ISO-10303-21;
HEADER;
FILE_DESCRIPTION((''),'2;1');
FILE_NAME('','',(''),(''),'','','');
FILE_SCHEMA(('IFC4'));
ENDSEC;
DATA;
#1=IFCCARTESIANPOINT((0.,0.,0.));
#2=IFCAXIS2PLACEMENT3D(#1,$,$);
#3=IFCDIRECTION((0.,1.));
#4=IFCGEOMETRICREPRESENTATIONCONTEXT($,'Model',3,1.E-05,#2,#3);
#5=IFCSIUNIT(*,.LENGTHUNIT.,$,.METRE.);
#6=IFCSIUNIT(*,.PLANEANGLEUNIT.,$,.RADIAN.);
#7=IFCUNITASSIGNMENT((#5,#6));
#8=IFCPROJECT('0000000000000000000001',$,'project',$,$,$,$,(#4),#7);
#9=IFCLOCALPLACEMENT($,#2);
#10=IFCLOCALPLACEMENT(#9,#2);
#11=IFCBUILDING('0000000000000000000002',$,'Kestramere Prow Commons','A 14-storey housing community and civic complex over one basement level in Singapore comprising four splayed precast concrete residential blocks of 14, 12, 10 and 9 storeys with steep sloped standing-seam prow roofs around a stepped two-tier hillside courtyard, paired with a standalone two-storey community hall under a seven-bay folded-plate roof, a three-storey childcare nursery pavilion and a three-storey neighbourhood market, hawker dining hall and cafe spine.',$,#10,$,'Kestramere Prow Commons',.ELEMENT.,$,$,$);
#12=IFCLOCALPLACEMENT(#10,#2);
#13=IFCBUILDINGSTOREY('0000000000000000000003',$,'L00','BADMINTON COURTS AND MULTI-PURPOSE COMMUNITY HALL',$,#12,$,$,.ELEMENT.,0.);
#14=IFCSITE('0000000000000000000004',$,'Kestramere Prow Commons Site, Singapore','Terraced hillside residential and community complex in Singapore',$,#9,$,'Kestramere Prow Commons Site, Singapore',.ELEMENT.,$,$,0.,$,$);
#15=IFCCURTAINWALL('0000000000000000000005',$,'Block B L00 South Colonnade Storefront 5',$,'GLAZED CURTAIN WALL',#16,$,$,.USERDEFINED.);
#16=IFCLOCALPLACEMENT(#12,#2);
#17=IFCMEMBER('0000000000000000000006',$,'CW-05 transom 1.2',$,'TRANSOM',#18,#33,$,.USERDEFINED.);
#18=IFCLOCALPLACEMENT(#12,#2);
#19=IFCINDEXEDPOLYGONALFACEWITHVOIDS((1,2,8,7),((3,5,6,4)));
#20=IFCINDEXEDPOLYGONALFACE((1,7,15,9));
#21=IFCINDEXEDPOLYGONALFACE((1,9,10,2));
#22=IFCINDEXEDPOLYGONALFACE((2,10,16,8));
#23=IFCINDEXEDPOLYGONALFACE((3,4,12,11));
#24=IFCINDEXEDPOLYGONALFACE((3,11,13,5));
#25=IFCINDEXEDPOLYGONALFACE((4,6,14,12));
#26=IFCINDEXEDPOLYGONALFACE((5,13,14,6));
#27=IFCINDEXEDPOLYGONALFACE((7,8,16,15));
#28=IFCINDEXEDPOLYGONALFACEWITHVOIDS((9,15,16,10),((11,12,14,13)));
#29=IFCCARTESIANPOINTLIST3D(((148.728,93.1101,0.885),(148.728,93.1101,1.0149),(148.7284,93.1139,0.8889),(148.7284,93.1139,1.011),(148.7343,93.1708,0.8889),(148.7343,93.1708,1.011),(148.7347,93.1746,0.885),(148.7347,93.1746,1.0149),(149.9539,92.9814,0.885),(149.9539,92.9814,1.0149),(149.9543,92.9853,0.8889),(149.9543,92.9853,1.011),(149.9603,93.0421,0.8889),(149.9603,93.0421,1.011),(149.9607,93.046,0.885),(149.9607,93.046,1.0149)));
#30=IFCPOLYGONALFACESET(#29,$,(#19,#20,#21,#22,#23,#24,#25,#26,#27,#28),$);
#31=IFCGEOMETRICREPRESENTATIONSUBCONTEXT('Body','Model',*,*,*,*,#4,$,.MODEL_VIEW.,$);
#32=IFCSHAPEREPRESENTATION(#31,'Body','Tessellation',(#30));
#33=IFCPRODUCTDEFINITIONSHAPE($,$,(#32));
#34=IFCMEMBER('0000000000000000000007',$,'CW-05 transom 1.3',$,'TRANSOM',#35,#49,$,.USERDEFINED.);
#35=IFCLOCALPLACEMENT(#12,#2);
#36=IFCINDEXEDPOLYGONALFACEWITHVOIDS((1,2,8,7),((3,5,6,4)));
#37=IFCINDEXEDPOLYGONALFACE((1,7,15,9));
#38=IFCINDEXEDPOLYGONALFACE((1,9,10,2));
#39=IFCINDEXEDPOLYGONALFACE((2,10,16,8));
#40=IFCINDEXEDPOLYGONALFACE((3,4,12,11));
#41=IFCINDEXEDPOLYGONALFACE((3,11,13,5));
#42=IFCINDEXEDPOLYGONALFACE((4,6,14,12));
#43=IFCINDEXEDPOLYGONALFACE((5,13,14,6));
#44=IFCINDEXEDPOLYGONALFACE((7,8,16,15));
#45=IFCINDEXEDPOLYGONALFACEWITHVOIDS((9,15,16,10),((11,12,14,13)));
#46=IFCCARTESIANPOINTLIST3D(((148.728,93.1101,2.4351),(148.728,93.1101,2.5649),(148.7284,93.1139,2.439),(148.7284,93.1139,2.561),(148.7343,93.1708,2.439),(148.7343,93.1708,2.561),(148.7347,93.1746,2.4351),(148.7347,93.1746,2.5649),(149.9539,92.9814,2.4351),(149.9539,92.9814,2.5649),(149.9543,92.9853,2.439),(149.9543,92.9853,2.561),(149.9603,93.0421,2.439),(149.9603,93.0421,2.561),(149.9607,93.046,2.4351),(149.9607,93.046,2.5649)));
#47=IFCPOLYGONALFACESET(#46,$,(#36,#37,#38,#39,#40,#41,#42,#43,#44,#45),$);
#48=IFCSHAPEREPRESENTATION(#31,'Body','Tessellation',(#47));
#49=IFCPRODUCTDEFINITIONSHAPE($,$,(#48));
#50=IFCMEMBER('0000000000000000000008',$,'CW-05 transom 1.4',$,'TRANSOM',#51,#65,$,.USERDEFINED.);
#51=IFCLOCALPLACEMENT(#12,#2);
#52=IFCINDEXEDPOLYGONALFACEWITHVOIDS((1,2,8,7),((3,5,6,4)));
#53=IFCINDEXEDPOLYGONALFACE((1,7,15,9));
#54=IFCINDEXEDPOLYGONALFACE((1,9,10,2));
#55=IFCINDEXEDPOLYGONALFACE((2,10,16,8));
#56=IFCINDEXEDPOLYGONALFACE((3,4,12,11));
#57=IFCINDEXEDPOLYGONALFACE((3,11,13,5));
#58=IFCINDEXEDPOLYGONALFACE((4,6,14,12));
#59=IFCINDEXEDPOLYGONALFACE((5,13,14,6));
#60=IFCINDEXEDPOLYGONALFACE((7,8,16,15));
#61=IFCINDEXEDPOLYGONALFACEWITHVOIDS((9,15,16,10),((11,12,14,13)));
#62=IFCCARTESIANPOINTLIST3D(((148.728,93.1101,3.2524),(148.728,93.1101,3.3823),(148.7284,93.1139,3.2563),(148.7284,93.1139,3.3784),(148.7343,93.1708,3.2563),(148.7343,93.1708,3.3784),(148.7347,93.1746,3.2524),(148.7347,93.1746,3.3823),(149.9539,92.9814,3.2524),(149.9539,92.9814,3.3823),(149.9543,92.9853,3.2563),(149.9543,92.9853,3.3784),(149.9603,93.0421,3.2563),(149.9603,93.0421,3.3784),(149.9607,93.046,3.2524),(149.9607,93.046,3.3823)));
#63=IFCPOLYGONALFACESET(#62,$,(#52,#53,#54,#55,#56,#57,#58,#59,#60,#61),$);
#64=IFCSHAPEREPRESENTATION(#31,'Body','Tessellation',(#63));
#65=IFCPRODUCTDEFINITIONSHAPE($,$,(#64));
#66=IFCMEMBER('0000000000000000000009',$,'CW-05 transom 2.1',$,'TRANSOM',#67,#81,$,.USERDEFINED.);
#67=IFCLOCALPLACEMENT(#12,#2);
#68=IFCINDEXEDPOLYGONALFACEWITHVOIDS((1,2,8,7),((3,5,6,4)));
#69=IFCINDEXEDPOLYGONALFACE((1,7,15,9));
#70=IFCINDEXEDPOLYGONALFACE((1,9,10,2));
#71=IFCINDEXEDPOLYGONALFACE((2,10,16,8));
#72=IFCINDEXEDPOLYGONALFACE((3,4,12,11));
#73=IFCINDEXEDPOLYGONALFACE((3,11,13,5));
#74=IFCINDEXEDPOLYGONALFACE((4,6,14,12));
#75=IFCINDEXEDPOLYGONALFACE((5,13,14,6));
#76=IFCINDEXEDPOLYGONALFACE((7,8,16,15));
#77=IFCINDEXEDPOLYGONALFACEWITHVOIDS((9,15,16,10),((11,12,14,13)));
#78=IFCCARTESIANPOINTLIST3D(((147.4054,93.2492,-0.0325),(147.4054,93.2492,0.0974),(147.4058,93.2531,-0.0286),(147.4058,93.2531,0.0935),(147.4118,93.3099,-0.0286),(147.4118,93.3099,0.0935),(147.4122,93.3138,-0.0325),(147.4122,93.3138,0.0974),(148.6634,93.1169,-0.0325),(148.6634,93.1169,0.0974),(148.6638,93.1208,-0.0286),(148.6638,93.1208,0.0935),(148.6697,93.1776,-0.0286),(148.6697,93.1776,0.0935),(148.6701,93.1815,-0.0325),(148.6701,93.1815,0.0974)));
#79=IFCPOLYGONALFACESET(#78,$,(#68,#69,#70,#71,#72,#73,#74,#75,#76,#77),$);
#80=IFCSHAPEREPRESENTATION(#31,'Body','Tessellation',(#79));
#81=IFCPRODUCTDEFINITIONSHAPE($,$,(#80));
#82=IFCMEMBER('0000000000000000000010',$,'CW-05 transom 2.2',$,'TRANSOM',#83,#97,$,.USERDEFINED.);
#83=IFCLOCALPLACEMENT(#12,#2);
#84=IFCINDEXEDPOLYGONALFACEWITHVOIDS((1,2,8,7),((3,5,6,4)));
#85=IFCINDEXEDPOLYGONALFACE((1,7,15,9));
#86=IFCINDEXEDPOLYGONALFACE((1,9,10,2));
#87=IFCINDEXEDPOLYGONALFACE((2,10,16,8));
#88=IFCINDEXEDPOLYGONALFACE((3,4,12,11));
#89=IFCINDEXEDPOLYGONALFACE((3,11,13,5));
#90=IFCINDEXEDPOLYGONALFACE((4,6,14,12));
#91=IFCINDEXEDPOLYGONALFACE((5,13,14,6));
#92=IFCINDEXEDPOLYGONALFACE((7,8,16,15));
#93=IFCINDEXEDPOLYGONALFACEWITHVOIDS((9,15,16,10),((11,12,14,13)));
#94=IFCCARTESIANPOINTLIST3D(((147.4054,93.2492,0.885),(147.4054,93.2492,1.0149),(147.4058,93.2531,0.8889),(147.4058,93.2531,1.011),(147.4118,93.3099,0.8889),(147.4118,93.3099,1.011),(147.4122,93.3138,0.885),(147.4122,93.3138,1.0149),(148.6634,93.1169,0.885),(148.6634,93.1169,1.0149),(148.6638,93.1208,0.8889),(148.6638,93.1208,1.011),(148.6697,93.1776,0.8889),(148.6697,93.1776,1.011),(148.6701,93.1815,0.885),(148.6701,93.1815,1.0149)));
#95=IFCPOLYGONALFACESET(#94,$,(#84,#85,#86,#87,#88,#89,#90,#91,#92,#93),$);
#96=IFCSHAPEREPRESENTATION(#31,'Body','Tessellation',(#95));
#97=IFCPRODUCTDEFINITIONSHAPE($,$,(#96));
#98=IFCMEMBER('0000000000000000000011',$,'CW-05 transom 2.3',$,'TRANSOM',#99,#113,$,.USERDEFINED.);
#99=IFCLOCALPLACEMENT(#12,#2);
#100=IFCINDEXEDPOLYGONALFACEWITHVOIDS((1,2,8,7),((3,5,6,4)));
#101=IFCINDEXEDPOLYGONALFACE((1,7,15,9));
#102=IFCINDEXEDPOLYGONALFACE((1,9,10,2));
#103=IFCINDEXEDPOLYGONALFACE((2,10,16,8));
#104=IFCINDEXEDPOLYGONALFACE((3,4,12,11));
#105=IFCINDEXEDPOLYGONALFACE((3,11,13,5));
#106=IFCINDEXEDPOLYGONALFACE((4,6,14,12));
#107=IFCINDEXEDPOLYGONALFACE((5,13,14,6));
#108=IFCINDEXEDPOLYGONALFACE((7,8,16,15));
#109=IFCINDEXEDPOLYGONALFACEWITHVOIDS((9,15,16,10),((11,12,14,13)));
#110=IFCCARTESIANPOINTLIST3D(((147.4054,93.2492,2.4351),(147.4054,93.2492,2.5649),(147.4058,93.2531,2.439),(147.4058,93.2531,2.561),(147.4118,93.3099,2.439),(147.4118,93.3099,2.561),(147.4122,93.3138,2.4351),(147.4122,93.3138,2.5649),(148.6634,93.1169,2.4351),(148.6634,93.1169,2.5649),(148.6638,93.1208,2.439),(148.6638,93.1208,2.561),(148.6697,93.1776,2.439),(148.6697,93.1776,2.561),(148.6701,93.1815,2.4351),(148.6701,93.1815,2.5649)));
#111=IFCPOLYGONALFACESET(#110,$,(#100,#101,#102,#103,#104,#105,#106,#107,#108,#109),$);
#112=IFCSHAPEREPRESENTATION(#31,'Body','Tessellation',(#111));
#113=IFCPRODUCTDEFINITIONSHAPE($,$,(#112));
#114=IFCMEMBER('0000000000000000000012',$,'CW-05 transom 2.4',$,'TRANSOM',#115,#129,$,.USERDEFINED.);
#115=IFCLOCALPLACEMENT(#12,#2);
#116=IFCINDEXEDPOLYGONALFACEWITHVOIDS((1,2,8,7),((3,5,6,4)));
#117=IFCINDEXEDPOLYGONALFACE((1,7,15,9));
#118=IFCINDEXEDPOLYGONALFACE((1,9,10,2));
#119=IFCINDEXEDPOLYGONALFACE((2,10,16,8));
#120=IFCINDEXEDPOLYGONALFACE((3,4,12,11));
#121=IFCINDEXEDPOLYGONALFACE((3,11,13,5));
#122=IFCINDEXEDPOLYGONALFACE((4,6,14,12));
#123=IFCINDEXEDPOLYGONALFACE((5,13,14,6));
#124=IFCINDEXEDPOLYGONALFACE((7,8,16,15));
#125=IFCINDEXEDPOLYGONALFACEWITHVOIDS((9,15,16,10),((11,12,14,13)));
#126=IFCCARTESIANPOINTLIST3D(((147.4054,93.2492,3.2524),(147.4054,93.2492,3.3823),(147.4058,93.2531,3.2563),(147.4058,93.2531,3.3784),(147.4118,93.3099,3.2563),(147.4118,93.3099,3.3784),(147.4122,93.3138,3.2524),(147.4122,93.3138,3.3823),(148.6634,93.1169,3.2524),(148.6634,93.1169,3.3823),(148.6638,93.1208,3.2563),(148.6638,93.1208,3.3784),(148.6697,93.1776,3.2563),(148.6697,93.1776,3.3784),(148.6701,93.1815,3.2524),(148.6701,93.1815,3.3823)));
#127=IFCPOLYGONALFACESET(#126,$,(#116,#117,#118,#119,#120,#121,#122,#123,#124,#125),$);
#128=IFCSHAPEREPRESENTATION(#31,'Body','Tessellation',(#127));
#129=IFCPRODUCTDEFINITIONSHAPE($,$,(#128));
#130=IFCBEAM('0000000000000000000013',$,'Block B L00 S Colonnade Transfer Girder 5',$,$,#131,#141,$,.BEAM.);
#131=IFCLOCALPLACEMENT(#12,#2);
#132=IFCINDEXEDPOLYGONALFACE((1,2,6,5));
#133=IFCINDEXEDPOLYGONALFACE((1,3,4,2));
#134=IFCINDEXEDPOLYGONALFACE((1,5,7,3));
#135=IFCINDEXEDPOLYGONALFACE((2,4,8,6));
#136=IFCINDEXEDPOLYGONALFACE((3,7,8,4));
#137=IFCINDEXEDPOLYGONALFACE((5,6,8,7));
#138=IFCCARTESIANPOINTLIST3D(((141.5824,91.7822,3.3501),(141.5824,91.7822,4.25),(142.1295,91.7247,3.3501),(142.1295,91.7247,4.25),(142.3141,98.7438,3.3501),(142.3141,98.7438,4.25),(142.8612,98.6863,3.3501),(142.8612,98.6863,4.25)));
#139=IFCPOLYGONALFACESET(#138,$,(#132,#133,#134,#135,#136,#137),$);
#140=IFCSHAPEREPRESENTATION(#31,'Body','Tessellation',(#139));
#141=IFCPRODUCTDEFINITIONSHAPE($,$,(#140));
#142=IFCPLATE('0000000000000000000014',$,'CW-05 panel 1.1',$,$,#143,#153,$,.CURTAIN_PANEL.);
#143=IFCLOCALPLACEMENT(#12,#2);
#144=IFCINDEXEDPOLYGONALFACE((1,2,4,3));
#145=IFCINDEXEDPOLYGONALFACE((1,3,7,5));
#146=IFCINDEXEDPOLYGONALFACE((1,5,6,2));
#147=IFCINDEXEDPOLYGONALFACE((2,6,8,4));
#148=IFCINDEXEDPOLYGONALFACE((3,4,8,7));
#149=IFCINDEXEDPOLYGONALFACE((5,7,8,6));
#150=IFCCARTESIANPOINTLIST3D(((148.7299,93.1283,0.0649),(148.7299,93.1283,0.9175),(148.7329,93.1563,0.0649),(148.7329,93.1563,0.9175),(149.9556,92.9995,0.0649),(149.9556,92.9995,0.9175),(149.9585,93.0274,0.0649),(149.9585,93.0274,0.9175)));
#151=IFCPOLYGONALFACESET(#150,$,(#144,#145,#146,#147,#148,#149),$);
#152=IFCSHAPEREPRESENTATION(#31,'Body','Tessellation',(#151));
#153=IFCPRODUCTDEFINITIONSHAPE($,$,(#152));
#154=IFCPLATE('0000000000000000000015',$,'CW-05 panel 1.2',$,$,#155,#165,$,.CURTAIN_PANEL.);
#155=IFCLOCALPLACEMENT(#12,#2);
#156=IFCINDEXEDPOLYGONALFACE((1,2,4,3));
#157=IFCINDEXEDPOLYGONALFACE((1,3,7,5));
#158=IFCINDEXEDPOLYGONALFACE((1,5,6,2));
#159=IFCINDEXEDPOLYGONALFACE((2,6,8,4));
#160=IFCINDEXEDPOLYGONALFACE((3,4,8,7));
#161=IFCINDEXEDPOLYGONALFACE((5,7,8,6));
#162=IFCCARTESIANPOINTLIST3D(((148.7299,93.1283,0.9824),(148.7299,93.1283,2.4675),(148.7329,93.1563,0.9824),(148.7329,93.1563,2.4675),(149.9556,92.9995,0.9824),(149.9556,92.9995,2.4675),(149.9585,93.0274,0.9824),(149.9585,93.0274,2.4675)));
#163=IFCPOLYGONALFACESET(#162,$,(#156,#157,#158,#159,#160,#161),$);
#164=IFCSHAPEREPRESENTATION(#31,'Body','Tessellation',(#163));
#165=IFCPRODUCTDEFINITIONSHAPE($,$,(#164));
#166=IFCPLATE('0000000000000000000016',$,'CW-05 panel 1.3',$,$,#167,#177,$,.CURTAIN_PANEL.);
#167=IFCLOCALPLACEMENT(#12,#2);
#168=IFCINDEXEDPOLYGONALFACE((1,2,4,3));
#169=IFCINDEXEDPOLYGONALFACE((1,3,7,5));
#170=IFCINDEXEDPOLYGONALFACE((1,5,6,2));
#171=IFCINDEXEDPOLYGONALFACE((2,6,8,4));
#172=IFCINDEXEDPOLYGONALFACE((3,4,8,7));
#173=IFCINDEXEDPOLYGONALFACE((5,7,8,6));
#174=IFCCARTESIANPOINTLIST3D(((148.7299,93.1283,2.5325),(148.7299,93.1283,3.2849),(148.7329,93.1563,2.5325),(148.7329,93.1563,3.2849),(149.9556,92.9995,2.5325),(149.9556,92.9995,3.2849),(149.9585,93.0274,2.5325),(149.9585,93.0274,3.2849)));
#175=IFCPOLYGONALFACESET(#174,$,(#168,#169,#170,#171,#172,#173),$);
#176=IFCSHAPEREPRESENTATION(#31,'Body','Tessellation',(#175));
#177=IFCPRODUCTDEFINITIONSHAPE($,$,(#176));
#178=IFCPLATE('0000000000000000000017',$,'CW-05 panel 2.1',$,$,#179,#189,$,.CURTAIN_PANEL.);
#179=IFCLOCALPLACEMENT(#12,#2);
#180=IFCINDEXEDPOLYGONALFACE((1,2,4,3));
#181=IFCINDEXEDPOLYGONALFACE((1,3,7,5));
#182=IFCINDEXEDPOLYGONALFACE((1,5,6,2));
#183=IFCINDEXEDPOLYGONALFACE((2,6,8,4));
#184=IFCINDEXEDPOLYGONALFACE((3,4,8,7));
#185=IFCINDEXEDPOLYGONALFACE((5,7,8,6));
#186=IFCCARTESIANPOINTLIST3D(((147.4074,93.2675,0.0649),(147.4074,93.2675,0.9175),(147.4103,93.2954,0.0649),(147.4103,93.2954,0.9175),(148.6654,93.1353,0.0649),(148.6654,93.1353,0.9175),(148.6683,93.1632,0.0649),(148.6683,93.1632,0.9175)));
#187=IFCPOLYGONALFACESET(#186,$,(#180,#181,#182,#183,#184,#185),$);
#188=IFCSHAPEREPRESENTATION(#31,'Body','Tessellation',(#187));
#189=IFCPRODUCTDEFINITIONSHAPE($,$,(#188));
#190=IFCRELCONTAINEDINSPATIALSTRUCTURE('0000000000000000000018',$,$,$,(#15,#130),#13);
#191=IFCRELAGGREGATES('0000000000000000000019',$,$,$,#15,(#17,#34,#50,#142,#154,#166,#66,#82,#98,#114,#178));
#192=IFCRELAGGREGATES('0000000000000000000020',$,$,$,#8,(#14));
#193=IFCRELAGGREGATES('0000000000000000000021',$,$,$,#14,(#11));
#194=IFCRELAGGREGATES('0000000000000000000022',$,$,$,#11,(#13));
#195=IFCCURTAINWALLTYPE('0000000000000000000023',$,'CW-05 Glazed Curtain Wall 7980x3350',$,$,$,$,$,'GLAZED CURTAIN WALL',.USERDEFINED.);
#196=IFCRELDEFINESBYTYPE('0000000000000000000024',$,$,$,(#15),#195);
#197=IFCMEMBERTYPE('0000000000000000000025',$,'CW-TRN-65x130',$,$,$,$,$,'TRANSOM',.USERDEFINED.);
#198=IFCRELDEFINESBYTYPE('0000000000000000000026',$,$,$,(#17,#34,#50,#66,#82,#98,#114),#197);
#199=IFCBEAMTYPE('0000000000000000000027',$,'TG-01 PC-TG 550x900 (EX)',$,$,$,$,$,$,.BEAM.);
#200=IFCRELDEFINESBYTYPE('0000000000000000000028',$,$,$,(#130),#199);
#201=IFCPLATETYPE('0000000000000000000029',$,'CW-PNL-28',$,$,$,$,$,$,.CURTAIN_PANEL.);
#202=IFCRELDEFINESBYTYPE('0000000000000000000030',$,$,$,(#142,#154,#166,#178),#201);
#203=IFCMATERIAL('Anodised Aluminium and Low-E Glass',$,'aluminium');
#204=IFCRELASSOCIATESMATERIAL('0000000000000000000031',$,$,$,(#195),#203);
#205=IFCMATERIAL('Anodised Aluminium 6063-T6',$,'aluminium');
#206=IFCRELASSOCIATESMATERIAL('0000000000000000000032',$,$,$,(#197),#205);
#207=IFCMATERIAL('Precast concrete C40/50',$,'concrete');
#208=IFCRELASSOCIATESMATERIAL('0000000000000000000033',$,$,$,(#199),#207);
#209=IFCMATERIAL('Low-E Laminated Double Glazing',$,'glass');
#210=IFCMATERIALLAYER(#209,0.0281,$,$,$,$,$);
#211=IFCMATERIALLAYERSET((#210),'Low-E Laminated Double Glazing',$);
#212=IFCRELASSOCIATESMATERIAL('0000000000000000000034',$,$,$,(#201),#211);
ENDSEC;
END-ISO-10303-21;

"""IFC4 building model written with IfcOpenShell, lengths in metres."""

from ifc_helpers import new_model, si_unit, direction, frame, origin, origin_2d, place, context, subcontext, project, spatial, rectangle, hollow_rectangle, extrude, material, layer, layer_set, material_profile, profile_set, type_object, element, aggregate, save


model = new_model("IFC4")

# Units and contexts
model_context = context("Model", 3, precision=1e-05, world=origin(), true_north=direction((0.0, 1.0)))
body_context = subcontext(model_context, "Body", "Model", "MODEL_VIEW")
ifc_project = project(units=[si_unit("LENGTHUNIT", "METRE"), si_unit("PLANEANGLEUNIT", "RADIAN")], contexts=[model_context])

# Site, building, storey
site_placement = place(None, origin())
site = spatial("IfcSite", under=ifc_project, at=site_placement, Name="Kestramere Prow Commons Site, Singapore", Description="Terraced hillside residential and community complex in Singapore", LongName="Kestramere Prow Commons Site, Singapore", CompositionType="ELEMENT", RefElevation=0.0)
building_placement = place(site_placement, origin())
building = spatial("IfcBuilding", under=site, at=building_placement, Name="Kestramere Prow Commons", Description="A 14-storey housing community and civic complex over one basement level in Singapore comprising four splayed precast concrete residential blocks of 14, 12, 10 and 9 storeys with steep sloped standing-seam prow roofs around a stepped two-tier hillside courtyard, paired with a standalone two-storey community hall under a seven-bay folded-plate roof, a three-storey childcare nursery pavilion and a three-storey neighbourhood market, hawker dining hall and cafe spine.", LongName="Kestramere Prow Commons", CompositionType="ELEMENT")
storey_placement = place(building_placement, origin())
storey = spatial("IfcBuildingStorey", under=building, at=storey_placement, Name="L00", Description="BADMINTON COURTS AND MULTI-PURPOSE COMMUNITY HALL", CompositionType="ELEMENT", Elevation=0.0)

# Shared definitions
ifc_material_1 = material(Name="Precast concrete C40/50", Category="concrete")

# Curtain wall, members
ifc_material_2 = material(Name="Anodised Aluminium and Low-E Glass", Category="aluminium")
curtain_wall_type = type_object("IfcCurtainWallType", Name="CW-05 Glazed Curtain Wall 7980x3350", ElementType="GLAZED CURTAIN WALL", PredefinedType="USERDEFINED", material=ifc_material_2)
curtain_wall_placement = place(storey_placement, origin())
curtain_wall = element("IfcCurtainWall", 1, at=curtain_wall_placement, inside=storey, type_object=curtain_wall_type, Name="Block B L00 South Colonnade Storefront 5", ObjectType="GLAZED CURTAIN WALL", PredefinedType="USERDEFINED")
ifc_material_3 = material(Name="Anodised Aluminium 6063-T6", Category="aluminium")
ifc_material_profile_1 = material_profile(ifc_material_3, hollow_rectangle(XDim=0.0649, YDim=0.1299, WallThickness=0.0039, at=origin_2d()), Name="ALU-TRN 65x130")
ifc_profile_set_1 = profile_set([ifc_material_profile_1], Name="Anodised Aluminium 6063-T6")
member_type_1 = type_object("IfcMemberType", Name="CW-TRN-65x130", ElementType="TRANSOM", PredefinedType="USERDEFINED", material=ifc_profile_set_1)
member_1_placement = place(storey_placement, frame((149.9573, 93.0137, 0.95), z_axis=(-0.994537, 0.104386, 0.0), x_axis=(-0.104386, -0.994537, 0.0)))
member_1 = element("IfcMember", 2, at=member_1_placement, type_object=member_type_1, Name="CW-05 transom 1.2", ObjectType="TRANSOM", PredefinedType="USERDEFINED", context=body_context, shape_type="SweptSolid", body=[
    extrude(hollow_rectangle(XDim=0.0649, YDim=0.1299, WallThickness=0.0039, at=origin_2d()), origin(), (0.0, 0.0, 1.0), 1.2327),
])
member_2_placement = place(storey_placement, frame((149.9573, 93.0137, 2.5), z_axis=(-0.994537, 0.104386, 0.0), x_axis=(-0.104386, -0.994537, 0.0)))
member_2 = element("IfcMember", 3, at=member_2_placement, type_object=member_type_1, Name="CW-05 transom 1.3", ObjectType="TRANSOM", PredefinedType="USERDEFINED", context=body_context, shape_type="SweptSolid", body=[
    extrude(hollow_rectangle(XDim=0.0649, YDim=0.1299, WallThickness=0.0039, at=origin_2d()), origin(), (0.0, 0.0, 1.0), 1.2327),
])
member_3_placement = place(storey_placement, frame((149.9573, 93.0137, 3.3174), z_axis=(-0.994537, 0.104386, 0.0), x_axis=(-0.104386, -0.994537, 0.0)))
member_3 = element("IfcMember", 4, at=member_3_placement, type_object=member_type_1, Name="CW-05 transom 1.4", ObjectType="TRANSOM", PredefinedType="USERDEFINED", context=body_context, shape_type="SweptSolid", body=[
    extrude(hollow_rectangle(XDim=0.0649, YDim=0.1299, WallThickness=0.0039, at=origin_2d()), origin(), (0.0, 0.0, 1.0), 1.2327),
])
member_4_placement = place(storey_placement, frame((148.6667, 93.1492, 0.0325), z_axis=(-0.994514, 0.104604, 0.0), x_axis=(-0.104604, -0.994514, 0.0)))
member_4 = element("IfcMember", 5, at=member_4_placement, type_object=member_type_1, Name="CW-05 transom 2.1", ObjectType="TRANSOM", PredefinedType="USERDEFINED", context=body_context, shape_type="SweptSolid", body=[
    extrude(hollow_rectangle(XDim=0.0649, YDim=0.1299, WallThickness=0.0039, at=origin_2d()), origin(), (0.0, 0.0, 1.0), 1.2649),
])
member_5_placement = place(storey_placement, frame((148.6667, 93.1492, 0.95), z_axis=(-0.994514, 0.104604, 0.0), x_axis=(-0.104604, -0.994514, 0.0)))
member_5 = element("IfcMember", 6, at=member_5_placement, type_object=member_type_1, Name="CW-05 transom 2.2", ObjectType="TRANSOM", PredefinedType="USERDEFINED", context=body_context, shape_type="SweptSolid", body=[
    extrude(hollow_rectangle(XDim=0.0649, YDim=0.1299, WallThickness=0.0039, at=origin_2d()), origin(), (0.0, 0.0, 1.0), 1.2649),
])
member_6_placement = place(storey_placement, frame((148.6667, 93.1492, 2.5), z_axis=(-0.994514, 0.104604, 0.0), x_axis=(-0.104604, -0.994514, 0.0)))
member_6 = element("IfcMember", 7, at=member_6_placement, type_object=member_type_1, Name="CW-05 transom 2.3", ObjectType="TRANSOM", PredefinedType="USERDEFINED", context=body_context, shape_type="SweptSolid", body=[
    extrude(hollow_rectangle(XDim=0.0649, YDim=0.1299, WallThickness=0.0039, at=origin_2d()), origin(), (0.0, 0.0, 1.0), 1.2649),
])
member_7_placement = place(storey_placement, frame((148.6667, 93.1492, 3.3174), z_axis=(-0.994514, 0.104604, 0.0), x_axis=(-0.104604, -0.994514, 0.0)))
member_7 = element("IfcMember", 8, at=member_7_placement, type_object=member_type_1, Name="CW-05 transom 2.4", ObjectType="TRANSOM", PredefinedType="USERDEFINED", context=body_context, shape_type="SweptSolid", body=[
    extrude(hollow_rectangle(XDim=0.0649, YDim=0.1299, WallThickness=0.0039, at=origin_2d()), origin(), (0.0, 0.0, 1.0), 1.2649),
])

# Beam
ifc_material_profile_2 = material_profile(ifc_material_1, rectangle(XDim=0.55, YDim=0.8999, at=origin_2d()), Name="PC-TG 550x900")
ifc_profile_set_2 = profile_set([ifc_material_profile_2], Name="Precast concrete C40/50")
beam_type = type_object("IfcBeamType", Name="TG-01 PC-TG 550x900 (EX)", PredefinedType="BEAM", material=ifc_profile_set_2)
beam_placement = place(storey_placement, frame((141.856, 91.7534, 3.8), z_axis=(0.104527, 0.994522, 0.0), x_axis=(-0.994522, 0.104527, 0.0)))
element("IfcBeam", 9, at=beam_placement, inside=storey, type_object=beam_type, Name="Block B L00 S Colonnade Transfer Girder 5", PredefinedType="BEAM", context=body_context, shape_type="SweptSolid", body=[
    extrude(rectangle(XDim=0.55, YDim=0.8999, at=origin_2d()), origin(), (0.0, 0.0, 1.0), 7.0),
])

# Plates
ifc_material_4 = material(Name="Low-E Laminated Double Glazing", Category="glass")
ifc_layer_1 = layer(ifc_material_4, 0.0281)
ifc_layer_set_1 = layer_set([ifc_layer_1], Name="Low-E Laminated Double Glazing")
plate_type = type_object("IfcPlateType", Name="CW-PNL-28", PredefinedType="CURTAIN_PANEL", material=ifc_layer_set_1)
plate_1_placement = place(storey_placement, frame((149.3442, 93.0779, 0.0649), z_axis=(0.0, 0.0, 1.0), x_axis=(-0.994522, 0.104528, 0.0)))
plate_1 = element("IfcPlate", 10, at=plate_1_placement, type_object=plate_type, Name="CW-05 panel 1.1", PredefinedType="CURTAIN_PANEL", context=body_context, shape_type="SweptSolid", body=[
    extrude(rectangle(XDim=1.2324, YDim=0.0281, at=origin_2d()), origin(), (0.0, 0.0, 1.0), 0.8525),
])
plate_2_placement = place(storey_placement, frame((149.3442, 93.0779, 0.9824), z_axis=(0.0, 0.0, 1.0), x_axis=(-0.994522, 0.104528, 0.0)))
plate_2 = element("IfcPlate", 11, at=plate_2_placement, type_object=plate_type, Name="CW-05 panel 1.2", PredefinedType="CURTAIN_PANEL", context=body_context, shape_type="SweptSolid", body=[
    extrude(rectangle(XDim=1.2324, YDim=0.0281, at=origin_2d()), origin(), (0.0, 0.0, 1.0), 1.4851),
])
plate_3_placement = place(storey_placement, frame((149.3442, 93.0779, 2.5325), z_axis=(0.0, 0.0, 1.0), x_axis=(-0.994522, 0.104528, 0.0)))
plate_3 = element("IfcPlate", 12, at=plate_3_placement, type_object=plate_type, Name="CW-05 panel 1.3", PredefinedType="CURTAIN_PANEL", context=body_context, shape_type="SweptSolid", body=[
    extrude(rectangle(XDim=1.2324, YDim=0.0281, at=origin_2d()), origin(), (0.0, 0.0, 1.0), 0.7524),
])
plate_4_placement = place(storey_placement, frame((148.0378, 93.2153, 0.0649), z_axis=(0.0, 0.0, 1.0), x_axis=(-0.994522, 0.104528, 0.0)))
plate_4 = element("IfcPlate", 13, at=plate_4_placement, type_object=plate_type, Name="CW-05 panel 2.1", PredefinedType="CURTAIN_PANEL", context=body_context, shape_type="SweptSolid", body=[
    extrude(rectangle(XDim=1.2649, YDim=0.0281, at=origin_2d()), origin(), (0.0, 0.0, 1.0), 0.8525),
])
aggregate(curtain_wall, [member_1, member_2, member_3, plate_1, plate_2, plate_3, member_4, member_5, member_6, member_7, plate_4])

save(model, "model.ifc")
